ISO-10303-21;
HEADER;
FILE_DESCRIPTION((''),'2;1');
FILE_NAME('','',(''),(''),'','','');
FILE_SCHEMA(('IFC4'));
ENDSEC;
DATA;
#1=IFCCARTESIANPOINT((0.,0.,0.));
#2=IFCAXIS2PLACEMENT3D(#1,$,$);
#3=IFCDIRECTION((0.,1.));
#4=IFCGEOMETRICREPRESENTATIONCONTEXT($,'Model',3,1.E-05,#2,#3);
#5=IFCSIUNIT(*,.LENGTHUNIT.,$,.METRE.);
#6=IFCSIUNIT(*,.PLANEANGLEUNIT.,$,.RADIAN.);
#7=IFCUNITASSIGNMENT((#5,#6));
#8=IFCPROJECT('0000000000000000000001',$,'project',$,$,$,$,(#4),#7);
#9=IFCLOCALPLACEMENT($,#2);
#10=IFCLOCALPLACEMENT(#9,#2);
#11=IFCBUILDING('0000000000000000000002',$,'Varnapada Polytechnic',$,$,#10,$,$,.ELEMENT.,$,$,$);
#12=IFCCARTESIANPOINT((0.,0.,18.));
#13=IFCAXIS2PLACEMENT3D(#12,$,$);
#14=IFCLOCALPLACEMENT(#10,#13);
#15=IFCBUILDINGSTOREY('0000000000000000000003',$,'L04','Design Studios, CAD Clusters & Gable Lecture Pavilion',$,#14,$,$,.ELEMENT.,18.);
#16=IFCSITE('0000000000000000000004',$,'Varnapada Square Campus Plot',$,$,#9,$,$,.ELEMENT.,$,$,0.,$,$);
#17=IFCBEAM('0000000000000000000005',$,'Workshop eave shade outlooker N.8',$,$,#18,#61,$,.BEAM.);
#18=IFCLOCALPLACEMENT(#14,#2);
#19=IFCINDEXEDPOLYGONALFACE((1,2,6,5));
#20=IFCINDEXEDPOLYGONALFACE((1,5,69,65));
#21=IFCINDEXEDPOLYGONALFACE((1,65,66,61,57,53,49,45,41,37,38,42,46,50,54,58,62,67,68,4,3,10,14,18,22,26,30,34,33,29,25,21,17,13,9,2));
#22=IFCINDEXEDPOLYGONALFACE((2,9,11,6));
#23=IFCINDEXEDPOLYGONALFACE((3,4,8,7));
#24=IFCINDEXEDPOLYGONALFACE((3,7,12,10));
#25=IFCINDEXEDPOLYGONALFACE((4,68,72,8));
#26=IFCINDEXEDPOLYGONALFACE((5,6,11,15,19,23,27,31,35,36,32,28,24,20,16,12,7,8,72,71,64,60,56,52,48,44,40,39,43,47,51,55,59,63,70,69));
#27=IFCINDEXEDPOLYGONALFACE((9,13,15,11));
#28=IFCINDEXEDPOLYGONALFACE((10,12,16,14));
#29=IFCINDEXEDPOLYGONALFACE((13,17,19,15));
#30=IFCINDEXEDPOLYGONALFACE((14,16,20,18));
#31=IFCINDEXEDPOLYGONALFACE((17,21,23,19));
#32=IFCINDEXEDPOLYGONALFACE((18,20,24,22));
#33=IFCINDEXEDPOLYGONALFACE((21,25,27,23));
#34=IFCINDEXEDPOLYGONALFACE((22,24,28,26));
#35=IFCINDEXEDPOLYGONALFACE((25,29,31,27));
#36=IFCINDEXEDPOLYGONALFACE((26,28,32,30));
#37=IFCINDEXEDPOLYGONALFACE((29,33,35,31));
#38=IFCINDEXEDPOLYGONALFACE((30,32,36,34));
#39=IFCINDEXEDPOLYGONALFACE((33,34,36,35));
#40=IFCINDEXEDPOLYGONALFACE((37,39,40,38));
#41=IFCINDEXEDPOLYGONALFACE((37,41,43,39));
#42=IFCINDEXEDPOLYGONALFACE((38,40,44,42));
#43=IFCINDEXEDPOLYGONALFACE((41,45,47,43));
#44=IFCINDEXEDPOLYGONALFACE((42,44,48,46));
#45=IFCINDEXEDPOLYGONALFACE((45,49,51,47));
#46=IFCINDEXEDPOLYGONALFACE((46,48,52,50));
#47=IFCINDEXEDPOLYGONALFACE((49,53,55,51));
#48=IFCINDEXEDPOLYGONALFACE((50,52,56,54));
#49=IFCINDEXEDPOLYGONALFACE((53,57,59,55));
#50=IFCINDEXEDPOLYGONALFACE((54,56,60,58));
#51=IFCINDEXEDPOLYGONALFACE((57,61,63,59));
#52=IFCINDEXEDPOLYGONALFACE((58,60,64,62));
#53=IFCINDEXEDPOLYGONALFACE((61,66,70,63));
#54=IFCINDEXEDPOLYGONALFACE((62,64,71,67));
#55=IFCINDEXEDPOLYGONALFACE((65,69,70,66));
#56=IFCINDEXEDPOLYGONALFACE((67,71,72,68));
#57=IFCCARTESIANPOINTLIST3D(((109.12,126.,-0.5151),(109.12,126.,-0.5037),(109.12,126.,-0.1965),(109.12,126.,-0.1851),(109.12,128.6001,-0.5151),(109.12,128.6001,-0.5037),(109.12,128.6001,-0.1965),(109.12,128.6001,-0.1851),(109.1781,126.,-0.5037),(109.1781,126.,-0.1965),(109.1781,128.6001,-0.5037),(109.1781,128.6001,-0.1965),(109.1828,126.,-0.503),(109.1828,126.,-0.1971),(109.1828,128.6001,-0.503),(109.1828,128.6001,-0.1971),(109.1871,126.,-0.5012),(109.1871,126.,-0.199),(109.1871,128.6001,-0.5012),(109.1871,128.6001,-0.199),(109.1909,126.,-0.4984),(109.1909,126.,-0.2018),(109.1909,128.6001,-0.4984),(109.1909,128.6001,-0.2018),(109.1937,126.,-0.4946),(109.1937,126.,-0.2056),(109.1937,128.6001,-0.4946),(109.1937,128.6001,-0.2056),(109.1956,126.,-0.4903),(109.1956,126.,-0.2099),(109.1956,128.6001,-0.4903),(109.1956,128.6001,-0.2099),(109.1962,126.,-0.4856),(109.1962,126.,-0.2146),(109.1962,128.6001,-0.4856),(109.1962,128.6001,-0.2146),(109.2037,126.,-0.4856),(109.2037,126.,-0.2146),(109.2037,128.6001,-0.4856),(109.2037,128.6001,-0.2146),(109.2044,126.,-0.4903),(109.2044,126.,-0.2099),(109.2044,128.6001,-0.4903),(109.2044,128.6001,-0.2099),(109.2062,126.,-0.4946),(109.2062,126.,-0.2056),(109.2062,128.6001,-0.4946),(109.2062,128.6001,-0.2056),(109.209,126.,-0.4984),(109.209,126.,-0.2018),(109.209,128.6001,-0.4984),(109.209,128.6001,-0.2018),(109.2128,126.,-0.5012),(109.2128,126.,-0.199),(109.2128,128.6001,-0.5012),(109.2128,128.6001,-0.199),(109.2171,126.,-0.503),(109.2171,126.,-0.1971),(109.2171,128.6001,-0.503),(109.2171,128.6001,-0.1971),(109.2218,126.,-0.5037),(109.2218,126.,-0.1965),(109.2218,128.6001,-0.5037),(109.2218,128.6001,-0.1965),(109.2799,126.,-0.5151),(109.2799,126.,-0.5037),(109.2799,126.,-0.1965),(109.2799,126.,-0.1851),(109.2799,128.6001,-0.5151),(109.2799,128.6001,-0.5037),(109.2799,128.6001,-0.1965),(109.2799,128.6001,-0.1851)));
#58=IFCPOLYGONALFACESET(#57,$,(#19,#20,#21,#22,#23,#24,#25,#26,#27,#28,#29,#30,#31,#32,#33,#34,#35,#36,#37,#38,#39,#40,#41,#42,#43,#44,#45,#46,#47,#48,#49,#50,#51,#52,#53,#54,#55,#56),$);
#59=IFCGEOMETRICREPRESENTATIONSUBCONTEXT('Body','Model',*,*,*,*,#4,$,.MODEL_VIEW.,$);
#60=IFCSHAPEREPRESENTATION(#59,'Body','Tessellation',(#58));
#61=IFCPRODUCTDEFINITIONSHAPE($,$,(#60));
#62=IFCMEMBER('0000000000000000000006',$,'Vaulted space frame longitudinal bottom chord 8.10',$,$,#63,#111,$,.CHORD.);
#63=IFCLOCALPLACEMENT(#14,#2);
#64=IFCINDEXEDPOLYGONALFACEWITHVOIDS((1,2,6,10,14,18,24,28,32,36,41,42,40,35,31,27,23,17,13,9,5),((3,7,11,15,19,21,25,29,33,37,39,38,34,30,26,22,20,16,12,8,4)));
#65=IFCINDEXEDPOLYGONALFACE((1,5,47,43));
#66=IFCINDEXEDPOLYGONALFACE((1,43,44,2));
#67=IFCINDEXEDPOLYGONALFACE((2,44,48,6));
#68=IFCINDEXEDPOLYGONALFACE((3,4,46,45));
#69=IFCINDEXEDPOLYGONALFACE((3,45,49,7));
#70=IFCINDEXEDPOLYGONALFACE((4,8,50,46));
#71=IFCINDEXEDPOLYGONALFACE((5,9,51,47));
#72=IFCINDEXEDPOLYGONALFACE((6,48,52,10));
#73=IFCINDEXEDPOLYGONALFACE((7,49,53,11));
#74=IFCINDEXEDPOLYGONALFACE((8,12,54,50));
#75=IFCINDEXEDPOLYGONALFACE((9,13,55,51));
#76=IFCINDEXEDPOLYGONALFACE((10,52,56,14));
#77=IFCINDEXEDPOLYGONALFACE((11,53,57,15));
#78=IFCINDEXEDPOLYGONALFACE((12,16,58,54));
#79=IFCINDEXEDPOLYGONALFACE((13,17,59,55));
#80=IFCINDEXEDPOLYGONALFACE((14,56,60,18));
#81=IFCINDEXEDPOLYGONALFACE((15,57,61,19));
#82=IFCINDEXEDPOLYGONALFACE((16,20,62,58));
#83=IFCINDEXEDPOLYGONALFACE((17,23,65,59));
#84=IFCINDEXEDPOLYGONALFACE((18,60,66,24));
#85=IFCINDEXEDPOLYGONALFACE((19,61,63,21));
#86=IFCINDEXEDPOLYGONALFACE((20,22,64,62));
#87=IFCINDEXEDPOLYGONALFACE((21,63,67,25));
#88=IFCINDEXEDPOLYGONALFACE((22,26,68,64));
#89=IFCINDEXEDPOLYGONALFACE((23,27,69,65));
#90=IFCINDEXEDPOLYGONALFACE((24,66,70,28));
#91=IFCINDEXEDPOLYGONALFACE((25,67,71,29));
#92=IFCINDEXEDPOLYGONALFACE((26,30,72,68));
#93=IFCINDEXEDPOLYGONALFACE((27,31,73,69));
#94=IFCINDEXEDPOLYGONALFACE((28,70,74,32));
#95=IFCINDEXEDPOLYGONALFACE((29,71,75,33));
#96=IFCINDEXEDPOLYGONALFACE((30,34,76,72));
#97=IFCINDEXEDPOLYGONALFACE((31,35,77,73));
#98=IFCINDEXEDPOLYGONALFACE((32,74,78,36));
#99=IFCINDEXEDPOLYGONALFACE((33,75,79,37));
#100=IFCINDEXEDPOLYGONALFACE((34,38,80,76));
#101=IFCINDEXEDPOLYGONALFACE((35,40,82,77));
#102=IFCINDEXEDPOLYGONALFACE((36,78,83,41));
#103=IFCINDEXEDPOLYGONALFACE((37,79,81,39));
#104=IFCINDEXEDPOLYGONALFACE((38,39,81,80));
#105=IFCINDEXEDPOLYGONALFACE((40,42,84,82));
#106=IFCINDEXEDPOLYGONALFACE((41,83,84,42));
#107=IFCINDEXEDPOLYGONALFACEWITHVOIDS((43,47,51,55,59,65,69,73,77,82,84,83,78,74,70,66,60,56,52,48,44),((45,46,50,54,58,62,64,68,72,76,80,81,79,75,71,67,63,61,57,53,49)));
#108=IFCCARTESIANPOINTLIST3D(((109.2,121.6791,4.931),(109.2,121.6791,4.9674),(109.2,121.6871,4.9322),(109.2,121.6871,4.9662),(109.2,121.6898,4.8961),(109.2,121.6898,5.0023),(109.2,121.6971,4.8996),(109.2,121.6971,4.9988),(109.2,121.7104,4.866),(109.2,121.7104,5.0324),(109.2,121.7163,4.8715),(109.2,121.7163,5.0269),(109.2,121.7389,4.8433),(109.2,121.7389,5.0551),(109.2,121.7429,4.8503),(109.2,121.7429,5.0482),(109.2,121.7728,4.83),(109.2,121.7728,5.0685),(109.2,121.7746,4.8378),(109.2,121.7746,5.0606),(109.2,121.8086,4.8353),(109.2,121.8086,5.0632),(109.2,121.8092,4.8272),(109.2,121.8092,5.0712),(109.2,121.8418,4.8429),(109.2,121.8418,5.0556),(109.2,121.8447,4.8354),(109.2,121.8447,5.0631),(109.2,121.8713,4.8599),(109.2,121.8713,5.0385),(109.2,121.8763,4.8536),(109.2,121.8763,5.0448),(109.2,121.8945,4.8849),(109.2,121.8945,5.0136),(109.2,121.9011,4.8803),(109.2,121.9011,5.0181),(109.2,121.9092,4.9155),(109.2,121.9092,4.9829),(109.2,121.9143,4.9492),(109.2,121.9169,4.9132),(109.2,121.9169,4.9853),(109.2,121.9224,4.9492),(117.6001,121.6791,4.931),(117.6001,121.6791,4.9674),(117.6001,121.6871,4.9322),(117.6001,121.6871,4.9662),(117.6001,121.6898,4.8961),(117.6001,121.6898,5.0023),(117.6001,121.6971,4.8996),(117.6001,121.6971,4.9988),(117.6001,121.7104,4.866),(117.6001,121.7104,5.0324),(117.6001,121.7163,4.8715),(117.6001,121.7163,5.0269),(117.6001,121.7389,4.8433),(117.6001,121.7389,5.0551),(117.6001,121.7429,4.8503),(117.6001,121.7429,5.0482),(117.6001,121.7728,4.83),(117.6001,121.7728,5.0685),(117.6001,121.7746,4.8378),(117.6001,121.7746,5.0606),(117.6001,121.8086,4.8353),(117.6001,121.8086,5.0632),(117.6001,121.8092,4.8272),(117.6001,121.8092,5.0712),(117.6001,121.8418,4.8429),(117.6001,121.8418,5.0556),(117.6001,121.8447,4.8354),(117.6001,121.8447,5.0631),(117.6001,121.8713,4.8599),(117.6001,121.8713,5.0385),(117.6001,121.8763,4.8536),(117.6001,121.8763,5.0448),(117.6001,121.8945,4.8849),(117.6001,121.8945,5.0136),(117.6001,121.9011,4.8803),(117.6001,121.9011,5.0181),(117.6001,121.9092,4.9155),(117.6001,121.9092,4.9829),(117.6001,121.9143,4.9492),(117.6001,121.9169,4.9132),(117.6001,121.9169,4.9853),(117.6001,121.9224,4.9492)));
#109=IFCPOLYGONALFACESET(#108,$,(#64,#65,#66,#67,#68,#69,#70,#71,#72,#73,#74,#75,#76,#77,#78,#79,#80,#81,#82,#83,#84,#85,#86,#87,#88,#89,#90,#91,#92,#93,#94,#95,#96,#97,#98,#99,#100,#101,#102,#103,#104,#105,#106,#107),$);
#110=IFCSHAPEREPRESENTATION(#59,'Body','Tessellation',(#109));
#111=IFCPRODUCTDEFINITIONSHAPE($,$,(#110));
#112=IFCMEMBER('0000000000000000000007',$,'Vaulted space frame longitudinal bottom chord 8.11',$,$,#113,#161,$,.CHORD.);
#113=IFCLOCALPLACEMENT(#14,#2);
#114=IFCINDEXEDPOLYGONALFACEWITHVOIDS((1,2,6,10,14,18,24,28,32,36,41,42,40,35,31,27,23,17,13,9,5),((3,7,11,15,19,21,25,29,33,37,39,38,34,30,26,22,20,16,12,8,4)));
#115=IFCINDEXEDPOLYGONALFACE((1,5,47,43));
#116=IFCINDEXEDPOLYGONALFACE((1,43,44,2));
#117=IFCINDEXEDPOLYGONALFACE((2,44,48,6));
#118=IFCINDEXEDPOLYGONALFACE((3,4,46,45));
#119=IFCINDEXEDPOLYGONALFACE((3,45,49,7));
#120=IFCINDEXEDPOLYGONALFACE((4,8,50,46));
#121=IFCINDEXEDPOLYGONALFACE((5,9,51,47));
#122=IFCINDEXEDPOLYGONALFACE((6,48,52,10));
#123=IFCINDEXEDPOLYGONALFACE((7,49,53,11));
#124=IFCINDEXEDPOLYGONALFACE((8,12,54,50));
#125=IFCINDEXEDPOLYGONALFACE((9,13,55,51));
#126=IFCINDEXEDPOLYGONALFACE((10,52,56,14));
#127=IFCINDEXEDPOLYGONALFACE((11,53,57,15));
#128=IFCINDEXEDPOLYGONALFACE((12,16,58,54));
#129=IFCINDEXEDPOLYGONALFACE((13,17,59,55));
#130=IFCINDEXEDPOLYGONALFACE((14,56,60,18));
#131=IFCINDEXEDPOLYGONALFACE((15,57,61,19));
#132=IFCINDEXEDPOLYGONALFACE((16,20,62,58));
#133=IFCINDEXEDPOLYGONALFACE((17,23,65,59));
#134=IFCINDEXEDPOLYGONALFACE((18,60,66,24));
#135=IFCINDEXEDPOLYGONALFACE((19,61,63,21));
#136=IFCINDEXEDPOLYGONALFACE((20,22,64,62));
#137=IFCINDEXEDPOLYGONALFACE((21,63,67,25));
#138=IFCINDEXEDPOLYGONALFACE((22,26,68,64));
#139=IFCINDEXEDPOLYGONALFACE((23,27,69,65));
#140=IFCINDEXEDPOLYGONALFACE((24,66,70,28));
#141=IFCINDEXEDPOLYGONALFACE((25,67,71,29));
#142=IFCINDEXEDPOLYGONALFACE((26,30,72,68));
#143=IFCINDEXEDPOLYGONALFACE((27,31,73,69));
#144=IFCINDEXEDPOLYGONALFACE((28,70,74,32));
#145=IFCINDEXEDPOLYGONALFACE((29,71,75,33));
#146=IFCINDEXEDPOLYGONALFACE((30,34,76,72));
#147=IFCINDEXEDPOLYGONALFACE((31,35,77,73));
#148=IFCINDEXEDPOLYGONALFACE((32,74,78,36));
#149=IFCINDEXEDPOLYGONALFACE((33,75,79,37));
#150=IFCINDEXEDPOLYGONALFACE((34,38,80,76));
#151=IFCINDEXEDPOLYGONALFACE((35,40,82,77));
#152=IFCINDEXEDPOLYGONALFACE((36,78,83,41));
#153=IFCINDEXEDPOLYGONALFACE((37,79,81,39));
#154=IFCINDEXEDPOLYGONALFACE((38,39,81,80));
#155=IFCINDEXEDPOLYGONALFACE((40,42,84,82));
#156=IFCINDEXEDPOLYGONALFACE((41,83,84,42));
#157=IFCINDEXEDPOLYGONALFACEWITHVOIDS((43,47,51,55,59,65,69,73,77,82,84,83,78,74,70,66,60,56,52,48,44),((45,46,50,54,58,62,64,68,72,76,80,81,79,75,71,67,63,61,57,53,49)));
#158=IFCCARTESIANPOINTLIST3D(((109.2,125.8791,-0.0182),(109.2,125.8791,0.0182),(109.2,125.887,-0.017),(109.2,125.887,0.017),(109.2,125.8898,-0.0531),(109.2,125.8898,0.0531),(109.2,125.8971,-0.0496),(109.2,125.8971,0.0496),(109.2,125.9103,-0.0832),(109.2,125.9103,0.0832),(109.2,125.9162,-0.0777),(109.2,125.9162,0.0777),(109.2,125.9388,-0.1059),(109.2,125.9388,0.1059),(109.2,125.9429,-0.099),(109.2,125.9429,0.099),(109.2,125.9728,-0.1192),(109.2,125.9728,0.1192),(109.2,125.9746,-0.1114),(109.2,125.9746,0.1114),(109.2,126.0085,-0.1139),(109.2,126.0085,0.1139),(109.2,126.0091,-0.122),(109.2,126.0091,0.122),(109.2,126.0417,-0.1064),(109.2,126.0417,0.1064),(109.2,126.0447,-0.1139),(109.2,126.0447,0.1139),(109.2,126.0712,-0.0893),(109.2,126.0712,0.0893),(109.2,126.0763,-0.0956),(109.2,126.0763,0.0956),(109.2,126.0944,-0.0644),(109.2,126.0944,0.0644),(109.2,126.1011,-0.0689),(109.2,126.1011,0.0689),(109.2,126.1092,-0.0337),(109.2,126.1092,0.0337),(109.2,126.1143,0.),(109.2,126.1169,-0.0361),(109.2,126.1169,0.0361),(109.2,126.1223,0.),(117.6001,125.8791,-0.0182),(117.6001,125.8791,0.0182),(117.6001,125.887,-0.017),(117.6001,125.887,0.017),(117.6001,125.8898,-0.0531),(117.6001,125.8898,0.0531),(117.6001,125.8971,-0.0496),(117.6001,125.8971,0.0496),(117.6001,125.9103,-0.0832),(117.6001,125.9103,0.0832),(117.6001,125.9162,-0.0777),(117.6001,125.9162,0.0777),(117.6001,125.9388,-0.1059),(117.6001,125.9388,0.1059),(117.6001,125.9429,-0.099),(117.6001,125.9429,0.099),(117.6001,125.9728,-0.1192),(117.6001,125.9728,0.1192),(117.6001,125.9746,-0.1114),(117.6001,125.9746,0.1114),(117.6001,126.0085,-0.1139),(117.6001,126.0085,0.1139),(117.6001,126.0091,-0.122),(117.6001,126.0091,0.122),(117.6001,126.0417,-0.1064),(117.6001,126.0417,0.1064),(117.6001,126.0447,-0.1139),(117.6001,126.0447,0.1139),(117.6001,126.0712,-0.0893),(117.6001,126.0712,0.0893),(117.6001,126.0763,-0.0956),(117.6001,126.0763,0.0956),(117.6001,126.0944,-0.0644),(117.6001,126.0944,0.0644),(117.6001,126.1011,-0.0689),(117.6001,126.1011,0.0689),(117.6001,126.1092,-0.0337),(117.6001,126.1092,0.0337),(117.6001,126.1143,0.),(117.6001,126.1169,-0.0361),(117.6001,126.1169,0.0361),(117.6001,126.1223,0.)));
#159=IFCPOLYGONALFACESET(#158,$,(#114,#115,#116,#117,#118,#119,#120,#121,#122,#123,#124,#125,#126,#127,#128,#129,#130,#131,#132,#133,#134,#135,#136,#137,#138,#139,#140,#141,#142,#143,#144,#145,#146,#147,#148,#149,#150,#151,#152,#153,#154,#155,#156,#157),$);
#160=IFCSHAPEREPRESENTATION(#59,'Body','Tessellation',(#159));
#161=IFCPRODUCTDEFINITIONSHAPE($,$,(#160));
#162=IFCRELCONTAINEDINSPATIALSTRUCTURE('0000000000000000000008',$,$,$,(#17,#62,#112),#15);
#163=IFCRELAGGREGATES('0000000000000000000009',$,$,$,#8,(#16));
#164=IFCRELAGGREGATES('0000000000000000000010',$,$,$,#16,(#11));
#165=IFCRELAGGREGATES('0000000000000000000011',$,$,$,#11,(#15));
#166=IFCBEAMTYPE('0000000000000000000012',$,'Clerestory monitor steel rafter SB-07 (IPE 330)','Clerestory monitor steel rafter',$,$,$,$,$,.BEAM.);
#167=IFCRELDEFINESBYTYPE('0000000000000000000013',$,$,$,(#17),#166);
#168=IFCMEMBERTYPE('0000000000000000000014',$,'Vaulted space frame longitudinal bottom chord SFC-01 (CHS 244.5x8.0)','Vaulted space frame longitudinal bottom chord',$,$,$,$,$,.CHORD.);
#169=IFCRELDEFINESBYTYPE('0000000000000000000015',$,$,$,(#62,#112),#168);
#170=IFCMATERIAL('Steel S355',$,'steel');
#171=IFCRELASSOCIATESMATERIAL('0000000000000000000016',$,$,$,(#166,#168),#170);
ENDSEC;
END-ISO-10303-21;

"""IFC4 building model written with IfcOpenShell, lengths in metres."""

from ifc_helpers import new_model, si_unit, direction, frame, origin, origin_2d, place, context, subcontext, project, spatial, hollow_circle, i_section, extrude, material, material_profile, profile_set, type_object, element, save


model = new_model("IFC4")

# Units and contexts
model_context = context("Model", 3, precision=1e-05, world=origin(), true_north=direction((0.0, 1.0)))
body_context = subcontext(model_context, "Body", "Model", "MODEL_VIEW")
ifc_project = project(units=[si_unit("LENGTHUNIT", "METRE"), si_unit("PLANEANGLEUNIT", "RADIAN")], contexts=[model_context])

# Site, building, storey
site_placement = place(None, origin())
site = spatial("IfcSite", under=ifc_project, at=site_placement, Name="Varnapada Square Campus Plot", CompositionType="ELEMENT", RefElevation=0.0)
building_placement = place(site_placement, origin())
building = spatial("IfcBuilding", under=site, at=building_placement, Name="Varnapada Polytechnic", CompositionType="ELEMENT")
storey_placement = place(building_placement, frame((0.0, 0.0, 18.0)))
storey = spatial("IfcBuildingStorey", under=building, at=storey_placement, Name="L04", Description="Design Studios, CAD Clusters & Gable Lecture Pavilion", CompositionType="ELEMENT", Elevation=18.0)

# Beam
ifc_material = material(Name="Steel S355", Category="steel")
ifc_material_profile_1 = material_profile(ifc_material, i_section(OverallWidth=0.1599, OverallDepth=0.3301, WebThickness=0.0076, FlangeThickness=0.0115, FilletRadius=0.0181, at=origin_2d()), Name="IPE 330")
ifc_profile_set_1 = profile_set([ifc_material_profile_1], Name="Steel S355")
beam_type_1 = type_object("IfcBeamType", Name="Clerestory monitor steel rafter SB-07 (IPE 330)", Description="Clerestory monitor steel rafter", PredefinedType="BEAM", material=ifc_profile_set_1)
beam_1_placement = place(storey_placement, frame((109.2, 126.0, -0.3501), z_axis=(0.0, 1.0, 0.0), x_axis=(-1.0, 0.0, 0.0)))
element("IfcBeam", 1, at=beam_1_placement, inside=storey, type_object=beam_type_1, Name="Workshop eave shade outlooker N.8", PredefinedType="BEAM", context=body_context, shape_type="SweptSolid", body=[
    extrude(i_section(OverallWidth=0.1599, OverallDepth=0.3301, WebThickness=0.0076, FlangeThickness=0.0115, FilletRadius=0.0181, at=origin_2d()), origin(), (0.0, 0.0, 1.0), 2.6001),
])

# Members
ifc_material_profile_2 = material_profile(ifc_material, hollow_circle(Radius=0.1223, WallThickness=0.0081, at=origin_2d()), Name="CHS 244.5x8.0")
ifc_profile_set_2 = profile_set([ifc_material_profile_2], Name="Steel S355")
member_type_1 = type_object("IfcMemberType", Name="Vaulted space frame longitudinal bottom chord SFC-01 (CHS 244.5x8.0)", Description="Vaulted space frame longitudinal bottom chord", PredefinedType="CHORD", material=ifc_profile_set_2)
for number, where, z_axis, x_axis, name in (
    (2, (109.2, 121.8, 4.9492), (1.0, 0.0, 0.0), (0.0, 1.0, 0.0), "Vaulted space frame longitudinal bottom chord 8.10"),
    (3, (109.2, 126.0, 0.0), (1.0, 0.0, 0.0), (0.0, 1.0, 0.0), "Vaulted space frame longitudinal bottom chord 8.11"),
):
    element("IfcMember", number, at=place(storey_placement, frame(where, z_axis=z_axis, x_axis=x_axis)), inside=storey, type_object=member_type_1, Name=name, PredefinedType="CHORD", context=body_context, shape_type="SweptSolid", body=[
        extrude(hollow_circle(Radius=0.1223, WallThickness=0.0081, at=origin_2d()), origin(), (0.0, 0.0, 1.0), 8.4001),
    ])

save(model, "model.ifc")
